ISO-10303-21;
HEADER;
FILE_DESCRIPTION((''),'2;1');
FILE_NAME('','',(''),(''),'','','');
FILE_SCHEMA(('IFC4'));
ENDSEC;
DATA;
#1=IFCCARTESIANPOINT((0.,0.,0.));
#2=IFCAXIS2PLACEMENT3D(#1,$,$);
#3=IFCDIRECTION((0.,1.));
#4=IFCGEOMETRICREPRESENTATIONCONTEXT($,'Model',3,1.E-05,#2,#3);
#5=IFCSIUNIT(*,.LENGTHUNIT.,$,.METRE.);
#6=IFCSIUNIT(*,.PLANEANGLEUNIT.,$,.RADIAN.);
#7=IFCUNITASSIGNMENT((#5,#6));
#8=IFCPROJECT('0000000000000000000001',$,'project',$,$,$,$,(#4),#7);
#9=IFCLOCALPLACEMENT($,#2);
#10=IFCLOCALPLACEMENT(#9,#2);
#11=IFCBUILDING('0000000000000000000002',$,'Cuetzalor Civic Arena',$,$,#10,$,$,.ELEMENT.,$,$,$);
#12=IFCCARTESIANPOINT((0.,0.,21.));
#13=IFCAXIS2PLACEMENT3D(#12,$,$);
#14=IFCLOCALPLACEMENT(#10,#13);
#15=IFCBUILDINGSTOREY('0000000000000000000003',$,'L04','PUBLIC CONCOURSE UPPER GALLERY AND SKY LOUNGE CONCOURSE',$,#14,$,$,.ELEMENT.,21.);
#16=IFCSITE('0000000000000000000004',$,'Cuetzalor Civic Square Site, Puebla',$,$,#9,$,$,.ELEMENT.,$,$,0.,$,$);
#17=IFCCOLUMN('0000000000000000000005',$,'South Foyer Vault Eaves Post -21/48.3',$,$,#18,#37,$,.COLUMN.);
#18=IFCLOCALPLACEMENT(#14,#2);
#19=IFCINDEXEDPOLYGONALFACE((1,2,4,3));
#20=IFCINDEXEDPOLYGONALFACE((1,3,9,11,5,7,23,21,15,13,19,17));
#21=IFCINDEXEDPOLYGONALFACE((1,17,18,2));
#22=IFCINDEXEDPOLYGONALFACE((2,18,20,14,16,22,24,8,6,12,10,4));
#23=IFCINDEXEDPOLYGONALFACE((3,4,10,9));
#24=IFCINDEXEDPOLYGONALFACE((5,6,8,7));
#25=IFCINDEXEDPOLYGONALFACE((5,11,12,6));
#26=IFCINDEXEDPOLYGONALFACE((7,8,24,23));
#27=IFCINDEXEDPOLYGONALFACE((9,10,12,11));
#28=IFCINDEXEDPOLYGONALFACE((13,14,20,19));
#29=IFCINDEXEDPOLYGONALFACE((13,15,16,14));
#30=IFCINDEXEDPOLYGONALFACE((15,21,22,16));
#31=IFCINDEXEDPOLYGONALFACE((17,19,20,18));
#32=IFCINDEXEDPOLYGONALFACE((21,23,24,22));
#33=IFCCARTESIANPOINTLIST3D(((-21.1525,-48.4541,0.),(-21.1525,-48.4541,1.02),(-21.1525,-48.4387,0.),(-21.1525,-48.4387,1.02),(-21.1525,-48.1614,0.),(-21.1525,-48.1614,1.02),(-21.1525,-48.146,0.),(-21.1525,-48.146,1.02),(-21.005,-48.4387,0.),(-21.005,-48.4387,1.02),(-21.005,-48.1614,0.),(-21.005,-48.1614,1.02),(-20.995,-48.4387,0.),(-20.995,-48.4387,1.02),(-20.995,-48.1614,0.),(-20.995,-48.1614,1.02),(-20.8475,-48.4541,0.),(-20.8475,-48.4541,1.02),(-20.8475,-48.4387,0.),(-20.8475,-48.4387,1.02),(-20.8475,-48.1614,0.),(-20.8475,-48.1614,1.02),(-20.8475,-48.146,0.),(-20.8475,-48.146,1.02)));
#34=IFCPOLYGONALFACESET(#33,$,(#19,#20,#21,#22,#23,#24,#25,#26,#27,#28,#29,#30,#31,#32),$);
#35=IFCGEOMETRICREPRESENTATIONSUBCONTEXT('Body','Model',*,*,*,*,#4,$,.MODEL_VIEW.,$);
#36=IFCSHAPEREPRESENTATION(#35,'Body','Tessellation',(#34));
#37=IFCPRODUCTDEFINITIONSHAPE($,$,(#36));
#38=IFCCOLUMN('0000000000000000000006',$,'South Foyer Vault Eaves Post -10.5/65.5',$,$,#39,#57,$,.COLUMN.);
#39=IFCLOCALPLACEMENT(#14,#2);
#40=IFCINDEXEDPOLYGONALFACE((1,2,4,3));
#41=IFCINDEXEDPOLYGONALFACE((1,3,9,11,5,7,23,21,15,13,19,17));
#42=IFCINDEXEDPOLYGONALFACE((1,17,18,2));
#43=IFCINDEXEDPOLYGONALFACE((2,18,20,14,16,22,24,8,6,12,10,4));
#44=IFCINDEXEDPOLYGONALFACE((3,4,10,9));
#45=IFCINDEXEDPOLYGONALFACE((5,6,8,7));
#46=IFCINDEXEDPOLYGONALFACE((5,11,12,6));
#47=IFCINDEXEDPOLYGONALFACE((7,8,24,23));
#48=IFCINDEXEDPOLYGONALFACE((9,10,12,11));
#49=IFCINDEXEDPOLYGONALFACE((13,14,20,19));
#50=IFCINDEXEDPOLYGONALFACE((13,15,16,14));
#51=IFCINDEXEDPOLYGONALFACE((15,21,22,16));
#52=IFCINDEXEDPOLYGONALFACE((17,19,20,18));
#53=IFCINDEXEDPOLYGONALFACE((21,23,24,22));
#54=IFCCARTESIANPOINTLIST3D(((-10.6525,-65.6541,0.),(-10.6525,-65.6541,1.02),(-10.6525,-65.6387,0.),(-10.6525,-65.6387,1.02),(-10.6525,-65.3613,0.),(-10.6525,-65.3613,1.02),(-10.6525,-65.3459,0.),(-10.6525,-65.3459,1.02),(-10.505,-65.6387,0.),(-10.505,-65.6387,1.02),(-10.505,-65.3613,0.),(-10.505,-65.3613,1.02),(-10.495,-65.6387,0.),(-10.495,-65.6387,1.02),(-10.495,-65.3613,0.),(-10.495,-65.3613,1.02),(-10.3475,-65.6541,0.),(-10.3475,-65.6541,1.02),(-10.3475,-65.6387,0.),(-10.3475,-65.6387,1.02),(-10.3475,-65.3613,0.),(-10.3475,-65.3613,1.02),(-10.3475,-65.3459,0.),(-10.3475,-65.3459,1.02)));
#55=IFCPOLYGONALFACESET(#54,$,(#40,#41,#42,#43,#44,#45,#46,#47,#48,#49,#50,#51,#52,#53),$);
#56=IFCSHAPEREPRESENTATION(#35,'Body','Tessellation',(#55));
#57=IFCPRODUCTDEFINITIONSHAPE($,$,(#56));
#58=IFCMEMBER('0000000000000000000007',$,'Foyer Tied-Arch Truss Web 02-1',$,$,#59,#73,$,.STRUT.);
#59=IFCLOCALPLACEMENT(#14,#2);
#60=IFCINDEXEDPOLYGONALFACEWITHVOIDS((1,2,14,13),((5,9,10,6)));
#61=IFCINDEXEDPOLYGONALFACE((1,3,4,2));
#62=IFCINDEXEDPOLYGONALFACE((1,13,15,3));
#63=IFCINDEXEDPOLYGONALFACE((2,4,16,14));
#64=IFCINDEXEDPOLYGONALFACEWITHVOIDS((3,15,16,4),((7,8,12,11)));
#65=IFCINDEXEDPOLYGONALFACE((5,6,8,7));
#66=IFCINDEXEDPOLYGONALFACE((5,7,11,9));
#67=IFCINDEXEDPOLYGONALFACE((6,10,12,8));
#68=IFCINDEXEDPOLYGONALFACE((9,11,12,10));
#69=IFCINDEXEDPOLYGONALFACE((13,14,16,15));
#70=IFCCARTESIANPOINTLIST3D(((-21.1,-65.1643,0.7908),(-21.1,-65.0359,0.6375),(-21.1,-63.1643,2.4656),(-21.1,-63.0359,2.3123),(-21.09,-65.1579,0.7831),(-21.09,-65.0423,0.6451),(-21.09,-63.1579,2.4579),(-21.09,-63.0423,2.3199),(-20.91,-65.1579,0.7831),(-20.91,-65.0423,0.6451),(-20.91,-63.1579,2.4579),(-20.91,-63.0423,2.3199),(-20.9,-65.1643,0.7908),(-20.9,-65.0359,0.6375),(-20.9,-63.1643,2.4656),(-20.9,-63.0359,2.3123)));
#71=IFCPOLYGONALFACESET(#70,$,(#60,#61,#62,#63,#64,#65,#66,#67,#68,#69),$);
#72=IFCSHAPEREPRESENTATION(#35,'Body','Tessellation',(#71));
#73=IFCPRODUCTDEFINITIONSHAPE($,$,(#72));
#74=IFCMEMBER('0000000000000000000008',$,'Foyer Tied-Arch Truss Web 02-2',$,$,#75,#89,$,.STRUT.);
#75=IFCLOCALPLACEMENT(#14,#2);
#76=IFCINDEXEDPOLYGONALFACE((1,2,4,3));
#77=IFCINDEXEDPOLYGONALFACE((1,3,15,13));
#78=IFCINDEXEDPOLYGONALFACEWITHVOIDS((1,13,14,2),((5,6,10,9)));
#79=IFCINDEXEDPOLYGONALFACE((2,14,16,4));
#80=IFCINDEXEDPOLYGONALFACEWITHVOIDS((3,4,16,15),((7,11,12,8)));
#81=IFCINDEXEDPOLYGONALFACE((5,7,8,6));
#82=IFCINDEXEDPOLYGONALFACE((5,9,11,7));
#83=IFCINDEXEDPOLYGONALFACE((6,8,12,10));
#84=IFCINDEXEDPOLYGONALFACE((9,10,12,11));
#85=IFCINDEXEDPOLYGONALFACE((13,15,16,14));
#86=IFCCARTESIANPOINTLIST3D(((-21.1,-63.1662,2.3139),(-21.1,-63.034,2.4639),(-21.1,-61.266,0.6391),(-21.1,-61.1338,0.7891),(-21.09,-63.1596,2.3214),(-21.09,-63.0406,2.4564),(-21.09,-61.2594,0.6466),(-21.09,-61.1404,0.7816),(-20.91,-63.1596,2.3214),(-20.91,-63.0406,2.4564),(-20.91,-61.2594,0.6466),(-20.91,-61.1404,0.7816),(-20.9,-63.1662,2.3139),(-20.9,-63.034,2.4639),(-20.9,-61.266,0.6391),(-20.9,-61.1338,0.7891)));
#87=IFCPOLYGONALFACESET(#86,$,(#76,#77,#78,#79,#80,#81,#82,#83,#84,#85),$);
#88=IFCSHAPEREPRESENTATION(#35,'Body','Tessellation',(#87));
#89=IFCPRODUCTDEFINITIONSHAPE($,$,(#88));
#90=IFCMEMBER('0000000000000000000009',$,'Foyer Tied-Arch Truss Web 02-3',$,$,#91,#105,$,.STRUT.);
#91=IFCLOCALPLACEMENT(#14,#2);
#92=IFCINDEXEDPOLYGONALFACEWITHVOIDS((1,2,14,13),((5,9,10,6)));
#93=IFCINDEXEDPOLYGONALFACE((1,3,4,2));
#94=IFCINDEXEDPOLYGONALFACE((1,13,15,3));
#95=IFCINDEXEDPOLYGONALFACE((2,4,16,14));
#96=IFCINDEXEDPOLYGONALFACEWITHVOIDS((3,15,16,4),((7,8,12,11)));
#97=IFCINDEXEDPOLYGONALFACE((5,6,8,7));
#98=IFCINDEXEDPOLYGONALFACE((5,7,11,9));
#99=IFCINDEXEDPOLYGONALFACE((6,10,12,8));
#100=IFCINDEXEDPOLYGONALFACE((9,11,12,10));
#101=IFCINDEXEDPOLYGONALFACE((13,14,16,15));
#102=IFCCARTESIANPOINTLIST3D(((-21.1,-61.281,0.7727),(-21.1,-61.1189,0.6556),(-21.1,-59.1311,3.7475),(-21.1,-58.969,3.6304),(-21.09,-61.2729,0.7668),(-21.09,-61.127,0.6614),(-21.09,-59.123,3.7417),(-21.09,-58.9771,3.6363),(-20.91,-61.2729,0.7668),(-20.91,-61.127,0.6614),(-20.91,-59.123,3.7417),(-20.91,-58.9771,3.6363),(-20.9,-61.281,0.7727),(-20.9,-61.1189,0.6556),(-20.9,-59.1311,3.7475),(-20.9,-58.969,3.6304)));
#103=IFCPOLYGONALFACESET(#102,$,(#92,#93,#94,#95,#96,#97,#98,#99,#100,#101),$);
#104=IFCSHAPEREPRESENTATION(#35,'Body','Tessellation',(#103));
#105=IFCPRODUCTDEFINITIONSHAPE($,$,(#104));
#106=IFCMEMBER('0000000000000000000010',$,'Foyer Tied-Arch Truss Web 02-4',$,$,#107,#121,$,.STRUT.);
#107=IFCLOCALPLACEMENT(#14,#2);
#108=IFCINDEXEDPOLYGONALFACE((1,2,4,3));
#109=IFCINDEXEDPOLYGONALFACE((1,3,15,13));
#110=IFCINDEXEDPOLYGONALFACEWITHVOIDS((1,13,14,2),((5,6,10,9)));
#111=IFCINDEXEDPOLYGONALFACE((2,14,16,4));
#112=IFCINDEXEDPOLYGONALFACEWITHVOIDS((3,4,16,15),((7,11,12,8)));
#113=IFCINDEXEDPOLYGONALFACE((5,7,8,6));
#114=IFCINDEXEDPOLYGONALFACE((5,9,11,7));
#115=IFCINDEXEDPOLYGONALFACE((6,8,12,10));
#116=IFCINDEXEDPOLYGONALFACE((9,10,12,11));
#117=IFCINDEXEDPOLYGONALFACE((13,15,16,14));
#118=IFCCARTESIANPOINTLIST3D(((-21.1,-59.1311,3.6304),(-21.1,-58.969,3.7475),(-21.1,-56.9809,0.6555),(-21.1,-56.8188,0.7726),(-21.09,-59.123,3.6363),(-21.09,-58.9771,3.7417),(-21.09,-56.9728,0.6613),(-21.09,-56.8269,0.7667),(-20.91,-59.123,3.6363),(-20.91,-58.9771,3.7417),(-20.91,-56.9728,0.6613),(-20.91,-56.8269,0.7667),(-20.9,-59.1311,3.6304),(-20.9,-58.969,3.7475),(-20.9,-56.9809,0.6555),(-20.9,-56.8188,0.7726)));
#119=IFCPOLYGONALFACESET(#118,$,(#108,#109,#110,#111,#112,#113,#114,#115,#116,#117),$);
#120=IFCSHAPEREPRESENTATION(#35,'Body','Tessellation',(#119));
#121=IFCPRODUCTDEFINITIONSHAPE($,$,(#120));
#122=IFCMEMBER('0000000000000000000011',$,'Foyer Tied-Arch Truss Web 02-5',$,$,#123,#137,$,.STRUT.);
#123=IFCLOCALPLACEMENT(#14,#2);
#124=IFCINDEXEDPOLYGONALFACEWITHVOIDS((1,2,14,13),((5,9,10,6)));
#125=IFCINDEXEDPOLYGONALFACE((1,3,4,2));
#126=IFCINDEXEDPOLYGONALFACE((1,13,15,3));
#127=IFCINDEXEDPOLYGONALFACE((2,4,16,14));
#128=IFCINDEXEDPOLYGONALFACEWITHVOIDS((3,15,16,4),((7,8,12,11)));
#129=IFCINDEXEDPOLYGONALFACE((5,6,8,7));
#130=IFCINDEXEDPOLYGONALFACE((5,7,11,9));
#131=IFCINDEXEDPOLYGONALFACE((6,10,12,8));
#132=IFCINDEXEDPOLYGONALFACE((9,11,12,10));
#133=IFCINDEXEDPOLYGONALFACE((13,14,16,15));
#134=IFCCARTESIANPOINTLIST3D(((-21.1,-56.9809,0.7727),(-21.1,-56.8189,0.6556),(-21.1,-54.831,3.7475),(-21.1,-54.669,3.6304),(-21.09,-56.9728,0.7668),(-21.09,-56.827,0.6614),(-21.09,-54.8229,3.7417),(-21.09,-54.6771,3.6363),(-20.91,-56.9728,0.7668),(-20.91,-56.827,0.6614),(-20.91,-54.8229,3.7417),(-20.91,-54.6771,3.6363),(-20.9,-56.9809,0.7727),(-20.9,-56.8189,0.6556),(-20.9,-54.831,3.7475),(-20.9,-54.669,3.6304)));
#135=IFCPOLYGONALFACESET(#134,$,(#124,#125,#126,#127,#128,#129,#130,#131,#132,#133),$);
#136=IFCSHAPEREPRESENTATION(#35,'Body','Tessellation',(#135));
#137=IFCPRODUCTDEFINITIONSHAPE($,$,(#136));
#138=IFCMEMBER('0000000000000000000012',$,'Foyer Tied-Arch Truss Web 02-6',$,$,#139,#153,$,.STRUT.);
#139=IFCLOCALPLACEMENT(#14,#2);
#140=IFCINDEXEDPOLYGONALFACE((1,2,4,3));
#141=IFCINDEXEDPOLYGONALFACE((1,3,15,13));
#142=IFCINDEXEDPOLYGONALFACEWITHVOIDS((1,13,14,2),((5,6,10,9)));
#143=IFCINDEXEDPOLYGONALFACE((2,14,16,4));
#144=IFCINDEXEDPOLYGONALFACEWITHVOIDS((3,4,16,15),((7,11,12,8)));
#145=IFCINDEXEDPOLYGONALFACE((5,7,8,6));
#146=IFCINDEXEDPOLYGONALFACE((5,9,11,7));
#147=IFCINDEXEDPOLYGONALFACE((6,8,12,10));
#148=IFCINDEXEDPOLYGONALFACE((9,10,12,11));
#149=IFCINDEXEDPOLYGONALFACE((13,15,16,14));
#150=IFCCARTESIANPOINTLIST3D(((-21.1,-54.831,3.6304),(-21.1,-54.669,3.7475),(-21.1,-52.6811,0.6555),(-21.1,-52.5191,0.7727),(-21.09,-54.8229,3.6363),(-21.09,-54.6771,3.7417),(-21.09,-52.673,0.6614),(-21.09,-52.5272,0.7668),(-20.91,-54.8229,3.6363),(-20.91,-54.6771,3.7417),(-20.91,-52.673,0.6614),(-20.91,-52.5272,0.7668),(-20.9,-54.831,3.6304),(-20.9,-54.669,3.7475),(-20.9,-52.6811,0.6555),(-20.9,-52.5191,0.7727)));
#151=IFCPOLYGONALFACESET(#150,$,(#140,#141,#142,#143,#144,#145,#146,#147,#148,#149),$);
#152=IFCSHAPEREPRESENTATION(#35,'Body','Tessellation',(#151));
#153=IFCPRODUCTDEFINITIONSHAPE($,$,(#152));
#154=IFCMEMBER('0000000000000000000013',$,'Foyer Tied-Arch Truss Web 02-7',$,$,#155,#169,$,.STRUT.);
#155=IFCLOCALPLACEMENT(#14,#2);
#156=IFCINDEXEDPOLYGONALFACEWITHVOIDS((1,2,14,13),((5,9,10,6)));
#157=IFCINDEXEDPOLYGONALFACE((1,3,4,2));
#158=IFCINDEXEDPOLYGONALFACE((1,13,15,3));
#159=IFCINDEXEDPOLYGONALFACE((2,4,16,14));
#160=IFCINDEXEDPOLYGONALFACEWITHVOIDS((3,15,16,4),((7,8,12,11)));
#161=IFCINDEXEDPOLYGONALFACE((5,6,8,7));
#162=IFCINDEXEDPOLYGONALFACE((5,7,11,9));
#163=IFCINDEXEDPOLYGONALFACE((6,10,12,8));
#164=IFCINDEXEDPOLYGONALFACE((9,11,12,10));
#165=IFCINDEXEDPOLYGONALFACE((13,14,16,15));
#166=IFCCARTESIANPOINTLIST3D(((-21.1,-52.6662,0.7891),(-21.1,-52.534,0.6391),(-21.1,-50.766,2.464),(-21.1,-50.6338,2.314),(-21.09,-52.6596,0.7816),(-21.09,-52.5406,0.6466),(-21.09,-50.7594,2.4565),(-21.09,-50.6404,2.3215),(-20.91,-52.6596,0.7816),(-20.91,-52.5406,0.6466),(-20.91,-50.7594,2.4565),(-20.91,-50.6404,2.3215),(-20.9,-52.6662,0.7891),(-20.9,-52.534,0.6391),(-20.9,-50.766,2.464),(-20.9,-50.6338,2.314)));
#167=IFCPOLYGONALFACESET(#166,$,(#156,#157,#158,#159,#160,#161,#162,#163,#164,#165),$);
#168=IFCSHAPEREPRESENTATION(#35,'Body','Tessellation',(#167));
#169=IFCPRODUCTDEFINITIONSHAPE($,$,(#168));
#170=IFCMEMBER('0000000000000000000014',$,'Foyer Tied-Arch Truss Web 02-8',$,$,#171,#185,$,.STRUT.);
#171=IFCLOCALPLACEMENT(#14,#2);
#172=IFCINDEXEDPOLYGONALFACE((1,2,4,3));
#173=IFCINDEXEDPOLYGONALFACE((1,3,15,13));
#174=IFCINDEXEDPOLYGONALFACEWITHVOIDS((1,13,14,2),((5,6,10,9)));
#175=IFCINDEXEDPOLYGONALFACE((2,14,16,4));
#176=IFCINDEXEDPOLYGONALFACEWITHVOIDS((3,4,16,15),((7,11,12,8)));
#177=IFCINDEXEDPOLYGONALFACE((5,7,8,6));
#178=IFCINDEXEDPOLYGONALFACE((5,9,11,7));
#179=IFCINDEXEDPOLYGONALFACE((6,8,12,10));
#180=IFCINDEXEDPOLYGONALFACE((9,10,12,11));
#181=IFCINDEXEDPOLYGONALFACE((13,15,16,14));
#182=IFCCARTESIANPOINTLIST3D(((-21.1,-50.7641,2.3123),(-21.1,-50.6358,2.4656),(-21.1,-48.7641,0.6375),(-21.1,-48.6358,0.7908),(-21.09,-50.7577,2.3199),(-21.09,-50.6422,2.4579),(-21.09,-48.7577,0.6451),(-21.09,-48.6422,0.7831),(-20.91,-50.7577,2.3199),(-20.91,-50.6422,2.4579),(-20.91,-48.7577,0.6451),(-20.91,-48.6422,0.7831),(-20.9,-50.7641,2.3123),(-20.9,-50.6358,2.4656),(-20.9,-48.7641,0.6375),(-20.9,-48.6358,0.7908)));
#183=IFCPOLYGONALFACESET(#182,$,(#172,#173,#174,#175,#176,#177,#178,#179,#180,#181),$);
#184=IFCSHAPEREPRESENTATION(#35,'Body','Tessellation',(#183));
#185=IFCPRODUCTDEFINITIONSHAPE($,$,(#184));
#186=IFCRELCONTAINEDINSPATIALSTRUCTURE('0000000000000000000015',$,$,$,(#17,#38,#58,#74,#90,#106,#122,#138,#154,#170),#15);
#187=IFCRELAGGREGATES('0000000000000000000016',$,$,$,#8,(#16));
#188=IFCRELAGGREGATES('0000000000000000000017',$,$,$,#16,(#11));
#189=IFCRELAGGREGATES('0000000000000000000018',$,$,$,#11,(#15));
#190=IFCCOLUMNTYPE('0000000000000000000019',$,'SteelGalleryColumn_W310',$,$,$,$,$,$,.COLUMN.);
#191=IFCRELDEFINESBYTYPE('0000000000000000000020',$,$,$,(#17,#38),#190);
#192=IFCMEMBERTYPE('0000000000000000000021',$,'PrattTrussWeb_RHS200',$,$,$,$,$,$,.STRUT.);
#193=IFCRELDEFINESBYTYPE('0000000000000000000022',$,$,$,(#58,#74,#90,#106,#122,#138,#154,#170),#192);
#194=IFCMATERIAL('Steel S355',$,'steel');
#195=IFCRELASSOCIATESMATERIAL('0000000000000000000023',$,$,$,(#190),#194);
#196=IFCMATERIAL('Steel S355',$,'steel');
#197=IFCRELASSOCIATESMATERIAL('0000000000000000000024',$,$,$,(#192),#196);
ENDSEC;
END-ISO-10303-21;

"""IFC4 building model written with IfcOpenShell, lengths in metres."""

from ifc_helpers import new_model, si_unit, direction, frame, origin, origin_2d, place, context, subcontext, project, spatial, hollow_rectangle, i_section, extrude, material, material_profile, profile_set, type_object, element, save


model = new_model("IFC4")

# Units and contexts
model_context = context("Model", 3, precision=1e-05, world=origin(), true_north=direction((0.0, 1.0)))
body_context = subcontext(model_context, "Body", "Model", "MODEL_VIEW")
ifc_project = project(units=[si_unit("LENGTHUNIT", "METRE"), si_unit("PLANEANGLEUNIT", "RADIAN")], contexts=[model_context])

# Site, building, storey
site_placement = place(None, origin())
site = spatial("IfcSite", under=ifc_project, at=site_placement, Name="Cuetzalor Civic Square Site, Puebla", CompositionType="ELEMENT", RefElevation=0.0)
building_placement = place(site_placement, origin())
building = spatial("IfcBuilding", under=site, at=building_placement, Name="Cuetzalor Civic Arena", CompositionType="ELEMENT")
storey_placement = place(building_placement, frame((0.0, 0.0, 21.0)))
storey = spatial("IfcBuildingStorey", under=building, at=storey_placement, Name="L04", Description="PUBLIC CONCOURSE UPPER GALLERY AND SKY LOUNGE CONCOURSE", CompositionType="ELEMENT", Elevation=21.0)

# Columns
ifc_material_1 = material(Name="Steel S355", Category="steel")
ifc_material_profile_1 = material_profile(ifc_material_1, i_section(OverallWidth=0.3049, OverallDepth=0.3081, WebThickness=0.01, FlangeThickness=0.0154, at=origin_2d()), Name="W310x97")
ifc_profile_set_1 = profile_set([ifc_material_profile_1], Name="Steel S355")
column_type = type_object("IfcColumnType", Name="SteelGalleryColumn_W310", PredefinedType="COLUMN", material=ifc_profile_set_1)
for number, where, z_axis, x_axis, name in (
    (1, (-21.0, -48.3, 0.0), (0.0, 0.0, 1.0), (1.0, 0.0, 0.0), "South Foyer Vault Eaves Post -21/48.3"),
    (2, (-10.5, -65.5, 0.0), (0.0, 0.0, 1.0), (1.0, 0.0, 0.0), "South Foyer Vault Eaves Post -10.5/65.5"),
):
    element("IfcColumn", number, at=place(storey_placement, frame(where, z_axis=z_axis, x_axis=x_axis)), inside=storey, type_object=column_type, Name=name, PredefinedType="COLUMN", context=body_context, shape_type="SweptSolid", body=[
        extrude(i_section(OverallWidth=0.3049, OverallDepth=0.3081, WebThickness=0.01, FlangeThickness=0.0154, at=origin_2d()), origin(), (0.0, 0.0, 1.0), 1.02),
    ])

# Members
ifc_material_2 = material(Name="Steel S355", Category="steel")
ifc_material_profile_2 = material_profile(ifc_material_2, hollow_rectangle(XDim=0.2, YDim=0.2, WallThickness=0.01, at=origin_2d()), Name="RHS 200x200x10")
ifc_profile_set_2 = profile_set([ifc_material_profile_2], Name="Steel S355")
member_type_1 = type_object("IfcMemberType", Name="PrattTrussWeb_RHS200", PredefinedType="STRUT", material=ifc_profile_set_2)
member_1_placement = place(storey_placement, frame((-21.0, -65.1001, 0.7141), z_axis=(0.0, 0.766685, 0.642024), x_axis=(-1.0, 0.0, 0.0)))
element("IfcMember", 3, at=member_1_placement, inside=storey, type_object=member_type_1, Name="Foyer Tied-Arch Truss Web 02-1", PredefinedType="STRUT", context=body_context, shape_type="SweptSolid", body=[
    extrude(hollow_rectangle(XDim=0.2, YDim=0.2, WallThickness=0.01, at=origin_2d()), origin(), (0.0, 0.0, 1.0), 2.6086),
])
member_2_placement = place(storey_placement, frame((-21.0, -63.1001, 2.3889), z_axis=(0.0, 0.750189, -0.661223), x_axis=(-1.0, 0.0, 0.0)))
element("IfcMember", 4, at=member_2_placement, inside=storey, type_object=member_type_1, Name="Foyer Tied-Arch Truss Web 02-2", PredefinedType="STRUT", context=body_context, shape_type="SweptSolid", body=[
    extrude(hollow_rectangle(XDim=0.2, YDim=0.2, WallThickness=0.01, at=origin_2d()), origin(), (0.0, 0.0, 1.0), 2.533),
])
member_3_placement = place(storey_placement, frame((-21.0, -61.2, 0.7141), z_axis=(0.0, 0.585741, 0.810499), x_axis=(-1.0, 0.0, 0.0)))
element("IfcMember", 5, at=member_3_placement, inside=storey, type_object=member_type_1, Name="Foyer Tied-Arch Truss Web 02-3", PredefinedType="STRUT", context=body_context, shape_type="SweptSolid", body=[
    extrude(hollow_rectangle(XDim=0.2, YDim=0.2, WallThickness=0.01, at=origin_2d()), origin(), (0.0, 0.0, 1.0), 3.6704),
])
member_4_placement = place(storey_placement, frame((-21.0, -59.05, 3.689), z_axis=(0.0, 0.585784, -0.810467), x_axis=(-1.0, 0.0, 0.0)))
element("IfcMember", 6, at=member_4_placement, inside=storey, type_object=member_type_1, Name="Foyer Tied-Arch Truss Web 02-4", PredefinedType="STRUT", context=body_context, shape_type="SweptSolid", body=[
    extrude(hollow_rectangle(XDim=0.2, YDim=0.2, WallThickness=0.01, at=origin_2d()), origin(), (0.0, 0.0, 1.0), 3.6707),
])
for number, where, z_axis, x_axis, name in (
    (7, (-21.0, -56.8999, 0.7141), (0.0, 0.585741, 0.810499), (-1.0, 0.0, 0.0), "Foyer Tied-Arch Truss Web 02-5"),
    (8, (-21.0, -54.75, 3.689), (0.0, 0.585741, -0.810499), (-1.0, 0.0, 0.0), "Foyer Tied-Arch Truss Web 02-6"),
):
    element("IfcMember", number, at=place(storey_placement, frame(where, z_axis=z_axis, x_axis=x_axis)), inside=storey, type_object=member_type_1, Name=name, PredefinedType="STRUT", context=body_context, shape_type="SweptSolid", body=[
        extrude(hollow_rectangle(XDim=0.2, YDim=0.2, WallThickness=0.01, at=origin_2d()), origin(), (0.0, 0.0, 1.0), 3.6704),
    ])
member_5_placement = place(storey_placement, frame((-21.0, -52.6001, 0.7141), z_axis=(0.0, 0.750189, 0.661223), x_axis=(-1.0, 0.0, 0.0)))
element("IfcMember", 9, at=member_5_placement, inside=storey, type_object=member_type_1, Name="Foyer Tied-Arch Truss Web 02-7", PredefinedType="STRUT", context=body_context, shape_type="SweptSolid", body=[
    extrude(hollow_rectangle(XDim=0.2, YDim=0.2, WallThickness=0.01, at=origin_2d()), origin(), (0.0, 0.0, 1.0), 2.533),
])
member_6_placement = place(storey_placement, frame((-21.0, -50.7, 2.3889), z_axis=(0.0, 0.766685, -0.642024), x_axis=(-1.0, 0.0, 0.0)))
element("IfcMember", 10, at=member_6_placement, inside=storey, type_object=member_type_1, Name="Foyer Tied-Arch Truss Web 02-8", PredefinedType="STRUT", context=body_context, shape_type="SweptSolid", body=[
    extrude(hollow_rectangle(XDim=0.2, YDim=0.2, WallThickness=0.01, at=origin_2d()), origin(), (0.0, 0.0, 1.0), 2.6086),
])

save(model, "model.ifc")
